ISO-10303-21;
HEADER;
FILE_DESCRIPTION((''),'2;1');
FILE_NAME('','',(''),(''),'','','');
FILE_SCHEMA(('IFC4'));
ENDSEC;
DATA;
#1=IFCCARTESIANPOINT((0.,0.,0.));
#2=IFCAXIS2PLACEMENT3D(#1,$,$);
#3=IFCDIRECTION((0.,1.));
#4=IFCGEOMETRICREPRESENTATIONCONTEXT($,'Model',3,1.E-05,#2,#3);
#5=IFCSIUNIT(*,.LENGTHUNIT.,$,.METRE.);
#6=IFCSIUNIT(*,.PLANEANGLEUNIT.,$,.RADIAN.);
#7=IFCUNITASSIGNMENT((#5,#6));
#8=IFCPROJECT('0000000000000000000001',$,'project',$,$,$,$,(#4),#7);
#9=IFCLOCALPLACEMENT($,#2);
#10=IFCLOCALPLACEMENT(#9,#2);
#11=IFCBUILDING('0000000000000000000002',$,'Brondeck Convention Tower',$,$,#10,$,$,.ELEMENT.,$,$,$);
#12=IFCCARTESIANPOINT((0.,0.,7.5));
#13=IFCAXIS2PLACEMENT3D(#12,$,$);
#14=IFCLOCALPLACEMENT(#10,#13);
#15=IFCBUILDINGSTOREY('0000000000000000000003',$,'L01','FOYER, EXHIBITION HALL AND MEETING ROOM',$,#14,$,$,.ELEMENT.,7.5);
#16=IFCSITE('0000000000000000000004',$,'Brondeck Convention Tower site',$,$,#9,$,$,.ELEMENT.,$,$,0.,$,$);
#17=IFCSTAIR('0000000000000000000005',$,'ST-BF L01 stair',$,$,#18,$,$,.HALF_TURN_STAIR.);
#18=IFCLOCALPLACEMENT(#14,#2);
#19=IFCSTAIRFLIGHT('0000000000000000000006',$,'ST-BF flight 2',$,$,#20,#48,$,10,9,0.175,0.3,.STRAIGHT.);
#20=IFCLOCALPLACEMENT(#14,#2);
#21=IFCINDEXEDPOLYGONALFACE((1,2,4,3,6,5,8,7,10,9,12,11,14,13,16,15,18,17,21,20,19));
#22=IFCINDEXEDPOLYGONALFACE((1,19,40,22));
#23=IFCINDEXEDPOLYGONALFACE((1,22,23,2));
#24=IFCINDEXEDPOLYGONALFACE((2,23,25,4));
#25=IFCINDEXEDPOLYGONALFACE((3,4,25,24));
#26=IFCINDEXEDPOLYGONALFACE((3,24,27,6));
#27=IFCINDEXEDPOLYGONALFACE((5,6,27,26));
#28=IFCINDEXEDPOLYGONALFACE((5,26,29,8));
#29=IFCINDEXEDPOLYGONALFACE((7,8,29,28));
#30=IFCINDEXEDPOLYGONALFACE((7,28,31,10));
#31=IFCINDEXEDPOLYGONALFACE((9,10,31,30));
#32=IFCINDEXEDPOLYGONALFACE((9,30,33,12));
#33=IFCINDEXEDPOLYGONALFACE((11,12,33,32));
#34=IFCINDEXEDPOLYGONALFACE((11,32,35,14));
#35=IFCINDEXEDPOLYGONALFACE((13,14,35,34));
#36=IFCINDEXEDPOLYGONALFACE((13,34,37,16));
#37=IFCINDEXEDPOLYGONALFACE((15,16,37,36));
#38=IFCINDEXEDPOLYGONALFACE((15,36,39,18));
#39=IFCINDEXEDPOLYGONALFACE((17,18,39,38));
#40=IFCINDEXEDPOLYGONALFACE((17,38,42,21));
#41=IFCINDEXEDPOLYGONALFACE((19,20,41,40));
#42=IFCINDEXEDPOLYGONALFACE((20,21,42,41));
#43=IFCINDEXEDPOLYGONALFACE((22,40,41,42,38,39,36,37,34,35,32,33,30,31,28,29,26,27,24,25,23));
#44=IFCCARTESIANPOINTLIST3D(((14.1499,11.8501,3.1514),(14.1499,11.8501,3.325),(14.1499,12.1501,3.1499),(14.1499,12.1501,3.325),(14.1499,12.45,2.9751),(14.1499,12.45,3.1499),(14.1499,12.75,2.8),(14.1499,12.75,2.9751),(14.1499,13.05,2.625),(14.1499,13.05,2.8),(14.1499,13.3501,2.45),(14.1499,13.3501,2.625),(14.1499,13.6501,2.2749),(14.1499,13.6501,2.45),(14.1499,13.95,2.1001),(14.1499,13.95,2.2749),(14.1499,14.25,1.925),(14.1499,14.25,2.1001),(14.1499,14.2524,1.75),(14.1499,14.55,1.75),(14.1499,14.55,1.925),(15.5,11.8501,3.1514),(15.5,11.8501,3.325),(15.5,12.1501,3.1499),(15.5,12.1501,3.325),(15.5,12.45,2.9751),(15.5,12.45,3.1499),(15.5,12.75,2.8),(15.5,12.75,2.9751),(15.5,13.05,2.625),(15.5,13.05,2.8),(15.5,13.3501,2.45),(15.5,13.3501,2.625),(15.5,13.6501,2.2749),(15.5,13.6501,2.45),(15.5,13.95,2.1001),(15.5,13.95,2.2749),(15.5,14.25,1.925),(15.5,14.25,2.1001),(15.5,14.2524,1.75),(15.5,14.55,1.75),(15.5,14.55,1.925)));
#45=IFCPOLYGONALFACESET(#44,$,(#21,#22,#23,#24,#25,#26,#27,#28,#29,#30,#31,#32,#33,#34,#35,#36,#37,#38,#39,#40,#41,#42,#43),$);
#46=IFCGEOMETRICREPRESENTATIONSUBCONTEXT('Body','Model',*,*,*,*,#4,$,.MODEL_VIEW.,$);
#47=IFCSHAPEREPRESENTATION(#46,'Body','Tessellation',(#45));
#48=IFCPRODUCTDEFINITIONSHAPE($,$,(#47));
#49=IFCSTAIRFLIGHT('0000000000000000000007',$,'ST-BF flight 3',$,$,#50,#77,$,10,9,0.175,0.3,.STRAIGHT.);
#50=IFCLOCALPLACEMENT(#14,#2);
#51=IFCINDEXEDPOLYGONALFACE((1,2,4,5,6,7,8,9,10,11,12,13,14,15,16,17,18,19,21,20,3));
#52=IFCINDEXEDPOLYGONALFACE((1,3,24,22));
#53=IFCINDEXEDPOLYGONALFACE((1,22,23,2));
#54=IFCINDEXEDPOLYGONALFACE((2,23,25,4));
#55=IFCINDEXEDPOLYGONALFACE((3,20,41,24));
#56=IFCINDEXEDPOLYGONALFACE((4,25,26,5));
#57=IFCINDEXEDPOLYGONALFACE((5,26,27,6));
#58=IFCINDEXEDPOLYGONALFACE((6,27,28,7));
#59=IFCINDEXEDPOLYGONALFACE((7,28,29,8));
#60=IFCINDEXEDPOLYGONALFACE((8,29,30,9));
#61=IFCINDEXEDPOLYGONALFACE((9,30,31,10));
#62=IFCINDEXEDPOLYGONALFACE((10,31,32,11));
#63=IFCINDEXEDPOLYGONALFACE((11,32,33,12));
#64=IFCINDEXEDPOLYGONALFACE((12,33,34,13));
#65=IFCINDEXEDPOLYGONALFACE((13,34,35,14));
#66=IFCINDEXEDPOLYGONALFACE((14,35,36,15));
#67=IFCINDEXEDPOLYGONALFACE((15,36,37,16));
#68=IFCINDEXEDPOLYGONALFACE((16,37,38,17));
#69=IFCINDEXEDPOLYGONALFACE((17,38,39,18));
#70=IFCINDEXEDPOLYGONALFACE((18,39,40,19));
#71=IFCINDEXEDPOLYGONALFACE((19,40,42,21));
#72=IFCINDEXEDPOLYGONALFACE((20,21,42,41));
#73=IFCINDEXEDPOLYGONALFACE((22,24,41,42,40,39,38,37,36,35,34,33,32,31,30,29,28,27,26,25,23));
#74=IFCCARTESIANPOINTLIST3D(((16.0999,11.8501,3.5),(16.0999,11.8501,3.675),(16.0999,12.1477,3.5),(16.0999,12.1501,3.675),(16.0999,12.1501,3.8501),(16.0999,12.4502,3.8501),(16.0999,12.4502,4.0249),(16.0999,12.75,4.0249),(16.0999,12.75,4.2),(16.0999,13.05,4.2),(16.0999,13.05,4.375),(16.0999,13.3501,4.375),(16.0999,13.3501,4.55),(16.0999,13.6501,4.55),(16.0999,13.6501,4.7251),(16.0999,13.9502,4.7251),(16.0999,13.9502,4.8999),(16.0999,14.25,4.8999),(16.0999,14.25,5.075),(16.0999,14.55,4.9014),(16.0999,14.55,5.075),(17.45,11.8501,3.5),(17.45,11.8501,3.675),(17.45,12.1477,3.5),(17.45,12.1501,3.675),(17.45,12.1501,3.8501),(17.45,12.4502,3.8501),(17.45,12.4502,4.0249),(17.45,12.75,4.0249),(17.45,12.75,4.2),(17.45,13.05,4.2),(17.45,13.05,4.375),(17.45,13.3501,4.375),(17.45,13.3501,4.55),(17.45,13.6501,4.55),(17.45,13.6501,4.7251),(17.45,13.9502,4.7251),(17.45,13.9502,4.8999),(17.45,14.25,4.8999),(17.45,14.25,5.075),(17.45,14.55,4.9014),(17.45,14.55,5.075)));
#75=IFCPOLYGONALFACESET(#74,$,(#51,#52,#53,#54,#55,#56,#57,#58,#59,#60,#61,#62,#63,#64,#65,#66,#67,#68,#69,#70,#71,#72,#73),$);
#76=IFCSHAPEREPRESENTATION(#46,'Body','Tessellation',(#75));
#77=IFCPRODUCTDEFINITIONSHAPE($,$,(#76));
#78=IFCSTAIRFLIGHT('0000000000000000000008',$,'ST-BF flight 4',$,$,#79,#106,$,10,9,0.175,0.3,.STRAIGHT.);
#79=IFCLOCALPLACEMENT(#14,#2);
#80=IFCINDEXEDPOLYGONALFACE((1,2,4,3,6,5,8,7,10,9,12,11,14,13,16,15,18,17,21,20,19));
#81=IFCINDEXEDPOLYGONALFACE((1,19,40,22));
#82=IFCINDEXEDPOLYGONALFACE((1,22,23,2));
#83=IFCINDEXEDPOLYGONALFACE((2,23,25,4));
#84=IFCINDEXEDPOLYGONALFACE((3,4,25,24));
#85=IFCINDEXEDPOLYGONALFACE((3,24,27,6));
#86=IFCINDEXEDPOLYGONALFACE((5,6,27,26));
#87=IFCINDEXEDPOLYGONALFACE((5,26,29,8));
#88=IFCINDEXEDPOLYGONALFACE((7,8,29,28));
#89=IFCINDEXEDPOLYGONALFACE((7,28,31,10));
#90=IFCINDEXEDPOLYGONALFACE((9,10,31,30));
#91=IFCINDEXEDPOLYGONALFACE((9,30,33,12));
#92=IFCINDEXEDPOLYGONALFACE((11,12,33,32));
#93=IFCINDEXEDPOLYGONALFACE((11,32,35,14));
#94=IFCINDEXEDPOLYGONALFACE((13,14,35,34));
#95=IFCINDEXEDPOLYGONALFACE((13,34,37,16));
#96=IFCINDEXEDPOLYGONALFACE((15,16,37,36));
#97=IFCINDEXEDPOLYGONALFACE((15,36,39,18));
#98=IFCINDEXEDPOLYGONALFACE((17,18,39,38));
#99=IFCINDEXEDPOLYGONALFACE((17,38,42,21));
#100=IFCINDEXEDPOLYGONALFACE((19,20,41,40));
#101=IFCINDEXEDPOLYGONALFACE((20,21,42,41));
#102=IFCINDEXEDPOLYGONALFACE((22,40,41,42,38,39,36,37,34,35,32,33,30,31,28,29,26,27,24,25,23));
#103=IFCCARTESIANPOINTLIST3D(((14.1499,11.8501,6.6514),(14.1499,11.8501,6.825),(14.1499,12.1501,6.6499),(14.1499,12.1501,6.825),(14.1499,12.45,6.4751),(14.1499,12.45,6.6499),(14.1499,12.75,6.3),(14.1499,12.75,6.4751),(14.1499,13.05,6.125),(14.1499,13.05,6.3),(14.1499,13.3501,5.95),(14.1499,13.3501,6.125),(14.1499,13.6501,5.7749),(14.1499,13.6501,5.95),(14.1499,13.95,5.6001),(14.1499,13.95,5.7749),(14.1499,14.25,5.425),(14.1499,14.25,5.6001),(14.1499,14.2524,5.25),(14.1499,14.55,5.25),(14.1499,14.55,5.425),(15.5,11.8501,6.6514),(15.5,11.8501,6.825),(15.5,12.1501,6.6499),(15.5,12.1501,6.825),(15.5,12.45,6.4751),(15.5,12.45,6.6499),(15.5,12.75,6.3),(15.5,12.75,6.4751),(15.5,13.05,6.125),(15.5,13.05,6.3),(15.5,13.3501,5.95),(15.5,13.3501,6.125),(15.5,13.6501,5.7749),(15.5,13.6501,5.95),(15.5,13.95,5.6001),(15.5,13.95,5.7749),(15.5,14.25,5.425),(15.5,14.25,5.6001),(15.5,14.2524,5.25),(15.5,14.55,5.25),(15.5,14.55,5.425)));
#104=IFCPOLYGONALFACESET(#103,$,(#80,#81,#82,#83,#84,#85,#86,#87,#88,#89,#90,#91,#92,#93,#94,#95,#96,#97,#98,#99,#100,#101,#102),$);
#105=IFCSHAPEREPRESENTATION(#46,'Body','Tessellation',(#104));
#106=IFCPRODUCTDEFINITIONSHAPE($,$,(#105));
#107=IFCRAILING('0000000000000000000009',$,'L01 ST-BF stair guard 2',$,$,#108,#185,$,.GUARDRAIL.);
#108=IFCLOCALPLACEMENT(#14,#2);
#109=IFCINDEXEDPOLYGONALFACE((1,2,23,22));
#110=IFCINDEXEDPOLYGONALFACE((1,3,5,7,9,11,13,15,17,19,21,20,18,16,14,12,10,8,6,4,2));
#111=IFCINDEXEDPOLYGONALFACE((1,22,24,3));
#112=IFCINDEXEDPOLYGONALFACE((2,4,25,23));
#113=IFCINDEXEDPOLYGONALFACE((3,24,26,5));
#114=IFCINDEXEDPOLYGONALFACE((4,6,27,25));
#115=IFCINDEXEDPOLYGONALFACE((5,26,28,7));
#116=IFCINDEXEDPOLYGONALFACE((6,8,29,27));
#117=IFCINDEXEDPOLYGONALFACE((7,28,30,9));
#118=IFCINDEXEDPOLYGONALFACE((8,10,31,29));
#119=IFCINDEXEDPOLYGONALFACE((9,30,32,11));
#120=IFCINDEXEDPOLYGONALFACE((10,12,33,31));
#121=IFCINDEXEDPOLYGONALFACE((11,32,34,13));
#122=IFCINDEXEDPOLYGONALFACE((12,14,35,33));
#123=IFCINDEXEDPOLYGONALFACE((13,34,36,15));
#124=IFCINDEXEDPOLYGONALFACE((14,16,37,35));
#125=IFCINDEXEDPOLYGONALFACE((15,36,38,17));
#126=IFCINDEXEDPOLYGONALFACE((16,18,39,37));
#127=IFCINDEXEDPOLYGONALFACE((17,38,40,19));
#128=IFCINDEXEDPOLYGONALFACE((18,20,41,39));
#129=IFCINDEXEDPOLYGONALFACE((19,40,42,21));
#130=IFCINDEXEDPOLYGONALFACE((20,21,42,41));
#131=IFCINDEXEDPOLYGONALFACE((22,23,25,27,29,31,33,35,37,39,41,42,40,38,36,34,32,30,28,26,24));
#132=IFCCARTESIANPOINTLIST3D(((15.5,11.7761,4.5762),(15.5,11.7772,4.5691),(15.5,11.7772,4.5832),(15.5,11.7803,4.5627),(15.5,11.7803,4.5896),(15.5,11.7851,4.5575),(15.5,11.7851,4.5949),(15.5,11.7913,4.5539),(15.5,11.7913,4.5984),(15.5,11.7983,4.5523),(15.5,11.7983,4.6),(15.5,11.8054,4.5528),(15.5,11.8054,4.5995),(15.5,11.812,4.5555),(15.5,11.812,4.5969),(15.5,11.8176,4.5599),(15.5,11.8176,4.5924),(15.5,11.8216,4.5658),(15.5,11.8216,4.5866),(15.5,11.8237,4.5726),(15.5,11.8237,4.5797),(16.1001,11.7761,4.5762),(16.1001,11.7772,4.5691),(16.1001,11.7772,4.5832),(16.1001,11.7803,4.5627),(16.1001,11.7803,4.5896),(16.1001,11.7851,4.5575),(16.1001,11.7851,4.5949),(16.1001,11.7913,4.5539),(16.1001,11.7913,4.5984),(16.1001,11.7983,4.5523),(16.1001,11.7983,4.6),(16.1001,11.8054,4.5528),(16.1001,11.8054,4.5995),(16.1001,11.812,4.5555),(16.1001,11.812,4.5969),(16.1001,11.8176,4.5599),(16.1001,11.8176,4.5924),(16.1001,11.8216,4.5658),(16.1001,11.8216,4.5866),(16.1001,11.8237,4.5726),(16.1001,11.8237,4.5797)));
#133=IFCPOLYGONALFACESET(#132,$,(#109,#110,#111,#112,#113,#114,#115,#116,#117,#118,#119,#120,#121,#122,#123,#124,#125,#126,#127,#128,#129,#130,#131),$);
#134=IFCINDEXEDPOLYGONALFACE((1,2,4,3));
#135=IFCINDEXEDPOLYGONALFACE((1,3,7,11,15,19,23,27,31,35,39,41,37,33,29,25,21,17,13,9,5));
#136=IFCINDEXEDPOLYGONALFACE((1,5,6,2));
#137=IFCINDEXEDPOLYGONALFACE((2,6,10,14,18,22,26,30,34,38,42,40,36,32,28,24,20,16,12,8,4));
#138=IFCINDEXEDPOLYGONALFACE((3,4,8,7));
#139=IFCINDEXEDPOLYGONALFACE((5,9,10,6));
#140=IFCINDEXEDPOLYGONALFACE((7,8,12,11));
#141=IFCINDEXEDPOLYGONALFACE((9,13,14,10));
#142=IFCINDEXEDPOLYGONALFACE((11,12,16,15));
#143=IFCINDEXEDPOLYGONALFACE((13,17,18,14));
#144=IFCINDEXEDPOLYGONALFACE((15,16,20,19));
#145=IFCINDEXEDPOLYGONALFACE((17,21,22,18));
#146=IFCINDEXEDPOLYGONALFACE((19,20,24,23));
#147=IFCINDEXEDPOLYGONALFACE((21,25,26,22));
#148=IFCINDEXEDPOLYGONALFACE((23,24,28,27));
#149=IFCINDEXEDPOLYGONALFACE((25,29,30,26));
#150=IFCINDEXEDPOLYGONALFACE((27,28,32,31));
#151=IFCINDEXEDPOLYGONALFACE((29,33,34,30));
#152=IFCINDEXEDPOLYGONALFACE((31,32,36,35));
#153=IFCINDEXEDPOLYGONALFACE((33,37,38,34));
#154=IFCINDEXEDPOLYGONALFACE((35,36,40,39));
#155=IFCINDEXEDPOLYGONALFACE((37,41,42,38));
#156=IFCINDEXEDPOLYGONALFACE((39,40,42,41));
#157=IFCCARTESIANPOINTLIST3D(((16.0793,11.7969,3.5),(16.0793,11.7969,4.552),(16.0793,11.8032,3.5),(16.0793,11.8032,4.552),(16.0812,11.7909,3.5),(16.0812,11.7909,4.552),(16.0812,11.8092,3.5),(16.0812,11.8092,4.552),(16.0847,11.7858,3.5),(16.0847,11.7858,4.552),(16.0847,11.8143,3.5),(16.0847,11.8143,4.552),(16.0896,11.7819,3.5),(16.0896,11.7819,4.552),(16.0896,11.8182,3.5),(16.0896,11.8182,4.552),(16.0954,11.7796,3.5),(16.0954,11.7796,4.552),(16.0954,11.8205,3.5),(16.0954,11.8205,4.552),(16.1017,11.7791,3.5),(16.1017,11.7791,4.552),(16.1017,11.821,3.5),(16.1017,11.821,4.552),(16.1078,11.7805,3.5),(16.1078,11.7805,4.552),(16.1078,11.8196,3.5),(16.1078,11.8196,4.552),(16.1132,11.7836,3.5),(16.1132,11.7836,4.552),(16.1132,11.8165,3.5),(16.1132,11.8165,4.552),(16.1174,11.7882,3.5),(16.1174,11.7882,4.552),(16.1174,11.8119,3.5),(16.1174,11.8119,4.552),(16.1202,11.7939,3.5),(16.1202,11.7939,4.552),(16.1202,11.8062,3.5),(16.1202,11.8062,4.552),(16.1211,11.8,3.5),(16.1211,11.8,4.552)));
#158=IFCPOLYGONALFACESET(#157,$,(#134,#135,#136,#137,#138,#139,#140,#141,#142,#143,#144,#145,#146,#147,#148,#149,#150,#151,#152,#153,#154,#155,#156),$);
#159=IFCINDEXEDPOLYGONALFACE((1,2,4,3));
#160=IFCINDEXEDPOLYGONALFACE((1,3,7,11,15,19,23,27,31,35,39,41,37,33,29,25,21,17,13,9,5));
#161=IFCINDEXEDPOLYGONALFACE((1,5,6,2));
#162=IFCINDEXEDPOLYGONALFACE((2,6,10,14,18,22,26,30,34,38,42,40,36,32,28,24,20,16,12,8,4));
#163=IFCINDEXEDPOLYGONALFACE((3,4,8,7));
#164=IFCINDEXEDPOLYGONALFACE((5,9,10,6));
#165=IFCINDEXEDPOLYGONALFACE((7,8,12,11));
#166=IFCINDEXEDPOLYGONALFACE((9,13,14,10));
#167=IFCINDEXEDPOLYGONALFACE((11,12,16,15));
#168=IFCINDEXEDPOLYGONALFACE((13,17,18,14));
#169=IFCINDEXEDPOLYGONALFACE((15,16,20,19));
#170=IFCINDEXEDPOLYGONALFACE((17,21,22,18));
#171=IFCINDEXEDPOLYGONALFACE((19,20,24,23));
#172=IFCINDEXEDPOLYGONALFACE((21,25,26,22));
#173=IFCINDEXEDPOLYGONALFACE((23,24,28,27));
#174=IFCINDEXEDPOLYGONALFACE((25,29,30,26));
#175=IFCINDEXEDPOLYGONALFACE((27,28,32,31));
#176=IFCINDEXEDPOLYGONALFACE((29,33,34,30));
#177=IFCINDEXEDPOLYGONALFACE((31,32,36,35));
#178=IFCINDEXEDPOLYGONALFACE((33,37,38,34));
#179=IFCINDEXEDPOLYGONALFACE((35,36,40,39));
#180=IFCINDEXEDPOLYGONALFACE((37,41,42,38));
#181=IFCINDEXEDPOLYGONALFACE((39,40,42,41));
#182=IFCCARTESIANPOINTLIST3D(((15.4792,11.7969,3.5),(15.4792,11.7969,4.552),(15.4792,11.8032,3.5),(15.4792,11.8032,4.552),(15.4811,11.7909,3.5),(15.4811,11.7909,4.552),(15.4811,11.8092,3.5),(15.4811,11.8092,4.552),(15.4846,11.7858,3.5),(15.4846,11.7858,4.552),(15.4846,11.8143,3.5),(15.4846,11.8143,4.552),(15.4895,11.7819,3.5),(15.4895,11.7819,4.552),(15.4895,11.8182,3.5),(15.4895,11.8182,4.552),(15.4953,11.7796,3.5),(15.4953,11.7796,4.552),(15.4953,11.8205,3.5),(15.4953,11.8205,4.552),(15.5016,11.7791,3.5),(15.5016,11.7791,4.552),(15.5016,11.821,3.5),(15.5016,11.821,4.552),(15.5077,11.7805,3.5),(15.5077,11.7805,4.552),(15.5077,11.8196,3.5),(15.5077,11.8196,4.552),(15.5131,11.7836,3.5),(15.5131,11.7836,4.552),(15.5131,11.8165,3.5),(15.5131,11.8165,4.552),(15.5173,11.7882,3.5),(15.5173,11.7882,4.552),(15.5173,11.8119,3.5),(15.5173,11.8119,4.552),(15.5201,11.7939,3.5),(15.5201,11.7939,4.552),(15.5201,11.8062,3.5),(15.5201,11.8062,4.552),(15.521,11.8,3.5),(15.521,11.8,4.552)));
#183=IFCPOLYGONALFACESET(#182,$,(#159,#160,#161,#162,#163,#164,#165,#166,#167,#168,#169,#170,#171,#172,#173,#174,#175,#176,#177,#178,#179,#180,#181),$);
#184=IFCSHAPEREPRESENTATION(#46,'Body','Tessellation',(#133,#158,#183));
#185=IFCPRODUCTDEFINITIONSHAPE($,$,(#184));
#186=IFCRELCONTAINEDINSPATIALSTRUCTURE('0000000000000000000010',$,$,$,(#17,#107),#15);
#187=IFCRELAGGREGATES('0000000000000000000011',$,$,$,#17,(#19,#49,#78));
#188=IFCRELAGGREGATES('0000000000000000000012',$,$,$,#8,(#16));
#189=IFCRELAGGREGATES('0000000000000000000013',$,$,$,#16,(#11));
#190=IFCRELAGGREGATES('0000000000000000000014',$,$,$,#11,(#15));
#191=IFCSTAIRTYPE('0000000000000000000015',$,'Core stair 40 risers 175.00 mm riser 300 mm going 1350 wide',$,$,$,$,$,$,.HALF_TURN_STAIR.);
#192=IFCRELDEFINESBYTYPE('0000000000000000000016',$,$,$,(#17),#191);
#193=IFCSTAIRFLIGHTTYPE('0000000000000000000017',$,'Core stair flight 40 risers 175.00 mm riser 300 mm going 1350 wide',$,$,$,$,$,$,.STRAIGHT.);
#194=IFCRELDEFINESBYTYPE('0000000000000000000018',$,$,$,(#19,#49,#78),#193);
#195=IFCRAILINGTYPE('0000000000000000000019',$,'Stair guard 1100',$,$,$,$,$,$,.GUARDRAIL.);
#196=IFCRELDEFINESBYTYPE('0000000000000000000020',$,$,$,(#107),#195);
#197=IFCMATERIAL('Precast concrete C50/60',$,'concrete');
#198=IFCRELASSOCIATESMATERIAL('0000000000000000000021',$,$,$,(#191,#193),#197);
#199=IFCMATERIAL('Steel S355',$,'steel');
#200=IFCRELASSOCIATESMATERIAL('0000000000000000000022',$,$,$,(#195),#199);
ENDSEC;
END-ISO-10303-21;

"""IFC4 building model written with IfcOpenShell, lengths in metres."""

from ifc_helpers import new_model, si_unit, direction, frame, origin, origin_2d, place, context, subcontext, project, spatial, polyline, circle, outline, extrude, material, type_object, element, aggregate, save


model = new_model("IFC4")

# Units and contexts
model_context = context("Model", 3, precision=1e-05, world=origin(), true_north=direction((0.0, 1.0)))
body_context = subcontext(model_context, "Body", "Model", "MODEL_VIEW")
ifc_project = project(units=[si_unit("LENGTHUNIT", "METRE"), si_unit("PLANEANGLEUNIT", "RADIAN")], contexts=[model_context])

# Site, building, storey
site_placement = place(None, origin())
site = spatial("IfcSite", under=ifc_project, at=site_placement, Name="Brondeck Convention Tower site", CompositionType="ELEMENT", RefElevation=0.0)
building_placement = place(site_placement, origin())
building = spatial("IfcBuilding", under=site, at=building_placement, Name="Brondeck Convention Tower", CompositionType="ELEMENT")
storey_placement = place(building_placement, frame((0.0, 0.0, 7.5)))
storey = spatial("IfcBuildingStorey", under=building, at=storey_placement, Name="L01", Description="FOYER, EXHIBITION HALL AND MEETING ROOM", CompositionType="ELEMENT", Elevation=7.5)

# Shared definitions
ifc_material_1 = material(Name="Steel S355", Category="steel")

# Stair, stair flights
ifc_material_2 = material(Name="Precast concrete C50/60", Category="concrete")
stair_type = type_object("IfcStairType", Name="Core stair 40 risers 175.00 mm riser 300 mm going 1350 wide", PredefinedType="HALF_TURN_STAIR", material=ifc_material_2)
stair_placement = place(storey_placement, origin())
stair = element("IfcStair", 1, at=stair_placement, inside=storey, type_object=stair_type, Name="ST-BF L01 stair", PredefinedType="HALF_TURN_STAIR")
stair_flight_type = type_object("IfcStairFlightType", Name="Core stair flight 40 risers 175.00 mm riser 300 mm going 1350 wide", PredefinedType="STRAIGHT", material=ifc_material_2)
stair_flight_1_placement = place(storey_placement, frame((14.825, 14.55, 1.75), z_axis=(0.0, 0.0, 1.0), x_axis=(0.0, -1.0, 0.0)))
stair_flight_1 = element("IfcStairFlight", 2, at=stair_flight_1_placement, type_object=stair_flight_type, Name="ST-BF flight 2", NumberOfRisers=10, NumberOfTreads=9, PredefinedType="STRAIGHT", RiserHeight=0.175, TreadLength=0.3, context=body_context, shape_type="SweptSolid", body=[
    extrude(outline(polyline([(0.0, 0.0), (0.0, 0.175), (0.3, 0.175), (0.3, 0.3501), (0.6001, 0.3501), (0.6001, 0.5249), (0.8999, 0.5249), (0.8999, 0.7), (1.2, 0.7), (1.2, 0.875), (1.5, 0.875), (1.5, 1.05), (1.8, 1.05), (1.8, 1.2251), (2.1001, 1.2251), (2.1001, 1.3999), (2.3999, 1.3999), (2.3999, 1.575), (2.7, 1.575), (2.7, 1.75), (2.7, 1.4014), (0.2976, 0.0), (0.0, 0.0)])), frame((0.0, 0.675, 0.0), z_axis=(0.0, -1.0, 0.0), x_axis=(1.0, 0.0, 0.0)), (0.0, 0.0, 1.0), 1.3501),
])
stair_flight_2_placement = place(storey_placement, frame((16.7749, 11.8501, 3.5), z_axis=(0.0, 0.0, 1.0), x_axis=(0.0, 1.0, 0.0)))
stair_flight_2 = element("IfcStairFlight", 3, at=stair_flight_2_placement, type_object=stair_flight_type, Name="ST-BF flight 3", NumberOfRisers=10, NumberOfTreads=9, PredefinedType="STRAIGHT", RiserHeight=0.175, TreadLength=0.3, context=body_context, shape_type="SweptSolid", body=[
    extrude(outline(polyline([(0.0, 0.0), (0.0, 0.175), (0.3, 0.175), (0.3, 0.3501), (0.6001, 0.3501), (0.6001, 0.5249), (0.8999, 0.5249), (0.8999, 0.7), (1.2, 0.7), (1.2, 0.875), (1.5, 0.875), (1.5, 1.05), (1.8, 1.05), (1.8, 1.2251), (2.1001, 1.2251), (2.1001, 1.3999), (2.3999, 1.3999), (2.3999, 1.575), (2.7, 1.575), (2.7, 1.75), (2.7, 1.4014), (0.2976, 0.0), (0.0, 0.0)])), frame((0.0, 0.675, 0.0), z_axis=(0.0, -1.0, 0.0), x_axis=(1.0, 0.0, 0.0)), (0.0, 0.0, 1.0), 1.3501),
])
stair_flight_3_placement = place(storey_placement, frame((14.825, 14.55, 5.25), z_axis=(0.0, 0.0, 1.0), x_axis=(0.0, -1.0, 0.0)))
stair_flight_3 = element("IfcStairFlight", 4, at=stair_flight_3_placement, type_object=stair_flight_type, Name="ST-BF flight 4", NumberOfRisers=10, NumberOfTreads=9, PredefinedType="STRAIGHT", RiserHeight=0.175, TreadLength=0.3, context=body_context, shape_type="SweptSolid", body=[
    extrude(outline(polyline([(0.0, 0.0), (0.0, 0.175), (0.3, 0.175), (0.3, 0.3501), (0.6001, 0.3501), (0.6001, 0.5249), (0.8999, 0.5249), (0.8999, 0.7), (1.2, 0.7), (1.2, 0.875), (1.5, 0.875), (1.5, 1.05), (1.8, 1.05), (1.8, 1.2251), (2.1001, 1.2251), (2.1001, 1.3999), (2.3999, 1.3999), (2.3999, 1.575), (2.7, 1.575), (2.7, 1.75), (2.7, 1.4014), (0.2976, 0.0), (0.0, 0.0)])), frame((0.0, 0.675, 0.0), z_axis=(0.0, -1.0, 0.0), x_axis=(1.0, 0.0, 0.0)), (0.0, 0.0, 1.0), 1.3501),
])
aggregate(stair, [stair_flight_1, stair_flight_2, stair_flight_3])

# Railing
railing_type_1 = type_object("IfcRailingType", Name="Stair guard 1100", PredefinedType="GUARDRAIL", material=ifc_material_1)
railing_1_placement = place(storey_placement, frame((16.1001, 11.8, 3.5)))
element("IfcRailing", 5, at=railing_1_placement, inside=storey, type_object=railing_type_1, Name="L01 ST-BF stair guard 2", PredefinedType="GUARDRAIL", context=body_context, shape_type="SweptSolid", body=[
    extrude(circle(Radius=0.0239, at=origin_2d()), frame((0.0, 0.0, 1.0762), z_axis=(-1.0, 0.0, 0.0), x_axis=(0.0, -1.0, 0.0)), (0.0, 0.0, 1.0), 0.6001),
    extrude(circle(Radius=0.021, at=origin_2d()), origin(), (0.0, 0.0, 1.0), 1.052),
    extrude(circle(Radius=0.021, at=origin_2d()), frame((-0.6001, 0.0, 0.0)), (0.0, 0.0, 1.0), 1.052),
])

save(model, "model.ifc")
